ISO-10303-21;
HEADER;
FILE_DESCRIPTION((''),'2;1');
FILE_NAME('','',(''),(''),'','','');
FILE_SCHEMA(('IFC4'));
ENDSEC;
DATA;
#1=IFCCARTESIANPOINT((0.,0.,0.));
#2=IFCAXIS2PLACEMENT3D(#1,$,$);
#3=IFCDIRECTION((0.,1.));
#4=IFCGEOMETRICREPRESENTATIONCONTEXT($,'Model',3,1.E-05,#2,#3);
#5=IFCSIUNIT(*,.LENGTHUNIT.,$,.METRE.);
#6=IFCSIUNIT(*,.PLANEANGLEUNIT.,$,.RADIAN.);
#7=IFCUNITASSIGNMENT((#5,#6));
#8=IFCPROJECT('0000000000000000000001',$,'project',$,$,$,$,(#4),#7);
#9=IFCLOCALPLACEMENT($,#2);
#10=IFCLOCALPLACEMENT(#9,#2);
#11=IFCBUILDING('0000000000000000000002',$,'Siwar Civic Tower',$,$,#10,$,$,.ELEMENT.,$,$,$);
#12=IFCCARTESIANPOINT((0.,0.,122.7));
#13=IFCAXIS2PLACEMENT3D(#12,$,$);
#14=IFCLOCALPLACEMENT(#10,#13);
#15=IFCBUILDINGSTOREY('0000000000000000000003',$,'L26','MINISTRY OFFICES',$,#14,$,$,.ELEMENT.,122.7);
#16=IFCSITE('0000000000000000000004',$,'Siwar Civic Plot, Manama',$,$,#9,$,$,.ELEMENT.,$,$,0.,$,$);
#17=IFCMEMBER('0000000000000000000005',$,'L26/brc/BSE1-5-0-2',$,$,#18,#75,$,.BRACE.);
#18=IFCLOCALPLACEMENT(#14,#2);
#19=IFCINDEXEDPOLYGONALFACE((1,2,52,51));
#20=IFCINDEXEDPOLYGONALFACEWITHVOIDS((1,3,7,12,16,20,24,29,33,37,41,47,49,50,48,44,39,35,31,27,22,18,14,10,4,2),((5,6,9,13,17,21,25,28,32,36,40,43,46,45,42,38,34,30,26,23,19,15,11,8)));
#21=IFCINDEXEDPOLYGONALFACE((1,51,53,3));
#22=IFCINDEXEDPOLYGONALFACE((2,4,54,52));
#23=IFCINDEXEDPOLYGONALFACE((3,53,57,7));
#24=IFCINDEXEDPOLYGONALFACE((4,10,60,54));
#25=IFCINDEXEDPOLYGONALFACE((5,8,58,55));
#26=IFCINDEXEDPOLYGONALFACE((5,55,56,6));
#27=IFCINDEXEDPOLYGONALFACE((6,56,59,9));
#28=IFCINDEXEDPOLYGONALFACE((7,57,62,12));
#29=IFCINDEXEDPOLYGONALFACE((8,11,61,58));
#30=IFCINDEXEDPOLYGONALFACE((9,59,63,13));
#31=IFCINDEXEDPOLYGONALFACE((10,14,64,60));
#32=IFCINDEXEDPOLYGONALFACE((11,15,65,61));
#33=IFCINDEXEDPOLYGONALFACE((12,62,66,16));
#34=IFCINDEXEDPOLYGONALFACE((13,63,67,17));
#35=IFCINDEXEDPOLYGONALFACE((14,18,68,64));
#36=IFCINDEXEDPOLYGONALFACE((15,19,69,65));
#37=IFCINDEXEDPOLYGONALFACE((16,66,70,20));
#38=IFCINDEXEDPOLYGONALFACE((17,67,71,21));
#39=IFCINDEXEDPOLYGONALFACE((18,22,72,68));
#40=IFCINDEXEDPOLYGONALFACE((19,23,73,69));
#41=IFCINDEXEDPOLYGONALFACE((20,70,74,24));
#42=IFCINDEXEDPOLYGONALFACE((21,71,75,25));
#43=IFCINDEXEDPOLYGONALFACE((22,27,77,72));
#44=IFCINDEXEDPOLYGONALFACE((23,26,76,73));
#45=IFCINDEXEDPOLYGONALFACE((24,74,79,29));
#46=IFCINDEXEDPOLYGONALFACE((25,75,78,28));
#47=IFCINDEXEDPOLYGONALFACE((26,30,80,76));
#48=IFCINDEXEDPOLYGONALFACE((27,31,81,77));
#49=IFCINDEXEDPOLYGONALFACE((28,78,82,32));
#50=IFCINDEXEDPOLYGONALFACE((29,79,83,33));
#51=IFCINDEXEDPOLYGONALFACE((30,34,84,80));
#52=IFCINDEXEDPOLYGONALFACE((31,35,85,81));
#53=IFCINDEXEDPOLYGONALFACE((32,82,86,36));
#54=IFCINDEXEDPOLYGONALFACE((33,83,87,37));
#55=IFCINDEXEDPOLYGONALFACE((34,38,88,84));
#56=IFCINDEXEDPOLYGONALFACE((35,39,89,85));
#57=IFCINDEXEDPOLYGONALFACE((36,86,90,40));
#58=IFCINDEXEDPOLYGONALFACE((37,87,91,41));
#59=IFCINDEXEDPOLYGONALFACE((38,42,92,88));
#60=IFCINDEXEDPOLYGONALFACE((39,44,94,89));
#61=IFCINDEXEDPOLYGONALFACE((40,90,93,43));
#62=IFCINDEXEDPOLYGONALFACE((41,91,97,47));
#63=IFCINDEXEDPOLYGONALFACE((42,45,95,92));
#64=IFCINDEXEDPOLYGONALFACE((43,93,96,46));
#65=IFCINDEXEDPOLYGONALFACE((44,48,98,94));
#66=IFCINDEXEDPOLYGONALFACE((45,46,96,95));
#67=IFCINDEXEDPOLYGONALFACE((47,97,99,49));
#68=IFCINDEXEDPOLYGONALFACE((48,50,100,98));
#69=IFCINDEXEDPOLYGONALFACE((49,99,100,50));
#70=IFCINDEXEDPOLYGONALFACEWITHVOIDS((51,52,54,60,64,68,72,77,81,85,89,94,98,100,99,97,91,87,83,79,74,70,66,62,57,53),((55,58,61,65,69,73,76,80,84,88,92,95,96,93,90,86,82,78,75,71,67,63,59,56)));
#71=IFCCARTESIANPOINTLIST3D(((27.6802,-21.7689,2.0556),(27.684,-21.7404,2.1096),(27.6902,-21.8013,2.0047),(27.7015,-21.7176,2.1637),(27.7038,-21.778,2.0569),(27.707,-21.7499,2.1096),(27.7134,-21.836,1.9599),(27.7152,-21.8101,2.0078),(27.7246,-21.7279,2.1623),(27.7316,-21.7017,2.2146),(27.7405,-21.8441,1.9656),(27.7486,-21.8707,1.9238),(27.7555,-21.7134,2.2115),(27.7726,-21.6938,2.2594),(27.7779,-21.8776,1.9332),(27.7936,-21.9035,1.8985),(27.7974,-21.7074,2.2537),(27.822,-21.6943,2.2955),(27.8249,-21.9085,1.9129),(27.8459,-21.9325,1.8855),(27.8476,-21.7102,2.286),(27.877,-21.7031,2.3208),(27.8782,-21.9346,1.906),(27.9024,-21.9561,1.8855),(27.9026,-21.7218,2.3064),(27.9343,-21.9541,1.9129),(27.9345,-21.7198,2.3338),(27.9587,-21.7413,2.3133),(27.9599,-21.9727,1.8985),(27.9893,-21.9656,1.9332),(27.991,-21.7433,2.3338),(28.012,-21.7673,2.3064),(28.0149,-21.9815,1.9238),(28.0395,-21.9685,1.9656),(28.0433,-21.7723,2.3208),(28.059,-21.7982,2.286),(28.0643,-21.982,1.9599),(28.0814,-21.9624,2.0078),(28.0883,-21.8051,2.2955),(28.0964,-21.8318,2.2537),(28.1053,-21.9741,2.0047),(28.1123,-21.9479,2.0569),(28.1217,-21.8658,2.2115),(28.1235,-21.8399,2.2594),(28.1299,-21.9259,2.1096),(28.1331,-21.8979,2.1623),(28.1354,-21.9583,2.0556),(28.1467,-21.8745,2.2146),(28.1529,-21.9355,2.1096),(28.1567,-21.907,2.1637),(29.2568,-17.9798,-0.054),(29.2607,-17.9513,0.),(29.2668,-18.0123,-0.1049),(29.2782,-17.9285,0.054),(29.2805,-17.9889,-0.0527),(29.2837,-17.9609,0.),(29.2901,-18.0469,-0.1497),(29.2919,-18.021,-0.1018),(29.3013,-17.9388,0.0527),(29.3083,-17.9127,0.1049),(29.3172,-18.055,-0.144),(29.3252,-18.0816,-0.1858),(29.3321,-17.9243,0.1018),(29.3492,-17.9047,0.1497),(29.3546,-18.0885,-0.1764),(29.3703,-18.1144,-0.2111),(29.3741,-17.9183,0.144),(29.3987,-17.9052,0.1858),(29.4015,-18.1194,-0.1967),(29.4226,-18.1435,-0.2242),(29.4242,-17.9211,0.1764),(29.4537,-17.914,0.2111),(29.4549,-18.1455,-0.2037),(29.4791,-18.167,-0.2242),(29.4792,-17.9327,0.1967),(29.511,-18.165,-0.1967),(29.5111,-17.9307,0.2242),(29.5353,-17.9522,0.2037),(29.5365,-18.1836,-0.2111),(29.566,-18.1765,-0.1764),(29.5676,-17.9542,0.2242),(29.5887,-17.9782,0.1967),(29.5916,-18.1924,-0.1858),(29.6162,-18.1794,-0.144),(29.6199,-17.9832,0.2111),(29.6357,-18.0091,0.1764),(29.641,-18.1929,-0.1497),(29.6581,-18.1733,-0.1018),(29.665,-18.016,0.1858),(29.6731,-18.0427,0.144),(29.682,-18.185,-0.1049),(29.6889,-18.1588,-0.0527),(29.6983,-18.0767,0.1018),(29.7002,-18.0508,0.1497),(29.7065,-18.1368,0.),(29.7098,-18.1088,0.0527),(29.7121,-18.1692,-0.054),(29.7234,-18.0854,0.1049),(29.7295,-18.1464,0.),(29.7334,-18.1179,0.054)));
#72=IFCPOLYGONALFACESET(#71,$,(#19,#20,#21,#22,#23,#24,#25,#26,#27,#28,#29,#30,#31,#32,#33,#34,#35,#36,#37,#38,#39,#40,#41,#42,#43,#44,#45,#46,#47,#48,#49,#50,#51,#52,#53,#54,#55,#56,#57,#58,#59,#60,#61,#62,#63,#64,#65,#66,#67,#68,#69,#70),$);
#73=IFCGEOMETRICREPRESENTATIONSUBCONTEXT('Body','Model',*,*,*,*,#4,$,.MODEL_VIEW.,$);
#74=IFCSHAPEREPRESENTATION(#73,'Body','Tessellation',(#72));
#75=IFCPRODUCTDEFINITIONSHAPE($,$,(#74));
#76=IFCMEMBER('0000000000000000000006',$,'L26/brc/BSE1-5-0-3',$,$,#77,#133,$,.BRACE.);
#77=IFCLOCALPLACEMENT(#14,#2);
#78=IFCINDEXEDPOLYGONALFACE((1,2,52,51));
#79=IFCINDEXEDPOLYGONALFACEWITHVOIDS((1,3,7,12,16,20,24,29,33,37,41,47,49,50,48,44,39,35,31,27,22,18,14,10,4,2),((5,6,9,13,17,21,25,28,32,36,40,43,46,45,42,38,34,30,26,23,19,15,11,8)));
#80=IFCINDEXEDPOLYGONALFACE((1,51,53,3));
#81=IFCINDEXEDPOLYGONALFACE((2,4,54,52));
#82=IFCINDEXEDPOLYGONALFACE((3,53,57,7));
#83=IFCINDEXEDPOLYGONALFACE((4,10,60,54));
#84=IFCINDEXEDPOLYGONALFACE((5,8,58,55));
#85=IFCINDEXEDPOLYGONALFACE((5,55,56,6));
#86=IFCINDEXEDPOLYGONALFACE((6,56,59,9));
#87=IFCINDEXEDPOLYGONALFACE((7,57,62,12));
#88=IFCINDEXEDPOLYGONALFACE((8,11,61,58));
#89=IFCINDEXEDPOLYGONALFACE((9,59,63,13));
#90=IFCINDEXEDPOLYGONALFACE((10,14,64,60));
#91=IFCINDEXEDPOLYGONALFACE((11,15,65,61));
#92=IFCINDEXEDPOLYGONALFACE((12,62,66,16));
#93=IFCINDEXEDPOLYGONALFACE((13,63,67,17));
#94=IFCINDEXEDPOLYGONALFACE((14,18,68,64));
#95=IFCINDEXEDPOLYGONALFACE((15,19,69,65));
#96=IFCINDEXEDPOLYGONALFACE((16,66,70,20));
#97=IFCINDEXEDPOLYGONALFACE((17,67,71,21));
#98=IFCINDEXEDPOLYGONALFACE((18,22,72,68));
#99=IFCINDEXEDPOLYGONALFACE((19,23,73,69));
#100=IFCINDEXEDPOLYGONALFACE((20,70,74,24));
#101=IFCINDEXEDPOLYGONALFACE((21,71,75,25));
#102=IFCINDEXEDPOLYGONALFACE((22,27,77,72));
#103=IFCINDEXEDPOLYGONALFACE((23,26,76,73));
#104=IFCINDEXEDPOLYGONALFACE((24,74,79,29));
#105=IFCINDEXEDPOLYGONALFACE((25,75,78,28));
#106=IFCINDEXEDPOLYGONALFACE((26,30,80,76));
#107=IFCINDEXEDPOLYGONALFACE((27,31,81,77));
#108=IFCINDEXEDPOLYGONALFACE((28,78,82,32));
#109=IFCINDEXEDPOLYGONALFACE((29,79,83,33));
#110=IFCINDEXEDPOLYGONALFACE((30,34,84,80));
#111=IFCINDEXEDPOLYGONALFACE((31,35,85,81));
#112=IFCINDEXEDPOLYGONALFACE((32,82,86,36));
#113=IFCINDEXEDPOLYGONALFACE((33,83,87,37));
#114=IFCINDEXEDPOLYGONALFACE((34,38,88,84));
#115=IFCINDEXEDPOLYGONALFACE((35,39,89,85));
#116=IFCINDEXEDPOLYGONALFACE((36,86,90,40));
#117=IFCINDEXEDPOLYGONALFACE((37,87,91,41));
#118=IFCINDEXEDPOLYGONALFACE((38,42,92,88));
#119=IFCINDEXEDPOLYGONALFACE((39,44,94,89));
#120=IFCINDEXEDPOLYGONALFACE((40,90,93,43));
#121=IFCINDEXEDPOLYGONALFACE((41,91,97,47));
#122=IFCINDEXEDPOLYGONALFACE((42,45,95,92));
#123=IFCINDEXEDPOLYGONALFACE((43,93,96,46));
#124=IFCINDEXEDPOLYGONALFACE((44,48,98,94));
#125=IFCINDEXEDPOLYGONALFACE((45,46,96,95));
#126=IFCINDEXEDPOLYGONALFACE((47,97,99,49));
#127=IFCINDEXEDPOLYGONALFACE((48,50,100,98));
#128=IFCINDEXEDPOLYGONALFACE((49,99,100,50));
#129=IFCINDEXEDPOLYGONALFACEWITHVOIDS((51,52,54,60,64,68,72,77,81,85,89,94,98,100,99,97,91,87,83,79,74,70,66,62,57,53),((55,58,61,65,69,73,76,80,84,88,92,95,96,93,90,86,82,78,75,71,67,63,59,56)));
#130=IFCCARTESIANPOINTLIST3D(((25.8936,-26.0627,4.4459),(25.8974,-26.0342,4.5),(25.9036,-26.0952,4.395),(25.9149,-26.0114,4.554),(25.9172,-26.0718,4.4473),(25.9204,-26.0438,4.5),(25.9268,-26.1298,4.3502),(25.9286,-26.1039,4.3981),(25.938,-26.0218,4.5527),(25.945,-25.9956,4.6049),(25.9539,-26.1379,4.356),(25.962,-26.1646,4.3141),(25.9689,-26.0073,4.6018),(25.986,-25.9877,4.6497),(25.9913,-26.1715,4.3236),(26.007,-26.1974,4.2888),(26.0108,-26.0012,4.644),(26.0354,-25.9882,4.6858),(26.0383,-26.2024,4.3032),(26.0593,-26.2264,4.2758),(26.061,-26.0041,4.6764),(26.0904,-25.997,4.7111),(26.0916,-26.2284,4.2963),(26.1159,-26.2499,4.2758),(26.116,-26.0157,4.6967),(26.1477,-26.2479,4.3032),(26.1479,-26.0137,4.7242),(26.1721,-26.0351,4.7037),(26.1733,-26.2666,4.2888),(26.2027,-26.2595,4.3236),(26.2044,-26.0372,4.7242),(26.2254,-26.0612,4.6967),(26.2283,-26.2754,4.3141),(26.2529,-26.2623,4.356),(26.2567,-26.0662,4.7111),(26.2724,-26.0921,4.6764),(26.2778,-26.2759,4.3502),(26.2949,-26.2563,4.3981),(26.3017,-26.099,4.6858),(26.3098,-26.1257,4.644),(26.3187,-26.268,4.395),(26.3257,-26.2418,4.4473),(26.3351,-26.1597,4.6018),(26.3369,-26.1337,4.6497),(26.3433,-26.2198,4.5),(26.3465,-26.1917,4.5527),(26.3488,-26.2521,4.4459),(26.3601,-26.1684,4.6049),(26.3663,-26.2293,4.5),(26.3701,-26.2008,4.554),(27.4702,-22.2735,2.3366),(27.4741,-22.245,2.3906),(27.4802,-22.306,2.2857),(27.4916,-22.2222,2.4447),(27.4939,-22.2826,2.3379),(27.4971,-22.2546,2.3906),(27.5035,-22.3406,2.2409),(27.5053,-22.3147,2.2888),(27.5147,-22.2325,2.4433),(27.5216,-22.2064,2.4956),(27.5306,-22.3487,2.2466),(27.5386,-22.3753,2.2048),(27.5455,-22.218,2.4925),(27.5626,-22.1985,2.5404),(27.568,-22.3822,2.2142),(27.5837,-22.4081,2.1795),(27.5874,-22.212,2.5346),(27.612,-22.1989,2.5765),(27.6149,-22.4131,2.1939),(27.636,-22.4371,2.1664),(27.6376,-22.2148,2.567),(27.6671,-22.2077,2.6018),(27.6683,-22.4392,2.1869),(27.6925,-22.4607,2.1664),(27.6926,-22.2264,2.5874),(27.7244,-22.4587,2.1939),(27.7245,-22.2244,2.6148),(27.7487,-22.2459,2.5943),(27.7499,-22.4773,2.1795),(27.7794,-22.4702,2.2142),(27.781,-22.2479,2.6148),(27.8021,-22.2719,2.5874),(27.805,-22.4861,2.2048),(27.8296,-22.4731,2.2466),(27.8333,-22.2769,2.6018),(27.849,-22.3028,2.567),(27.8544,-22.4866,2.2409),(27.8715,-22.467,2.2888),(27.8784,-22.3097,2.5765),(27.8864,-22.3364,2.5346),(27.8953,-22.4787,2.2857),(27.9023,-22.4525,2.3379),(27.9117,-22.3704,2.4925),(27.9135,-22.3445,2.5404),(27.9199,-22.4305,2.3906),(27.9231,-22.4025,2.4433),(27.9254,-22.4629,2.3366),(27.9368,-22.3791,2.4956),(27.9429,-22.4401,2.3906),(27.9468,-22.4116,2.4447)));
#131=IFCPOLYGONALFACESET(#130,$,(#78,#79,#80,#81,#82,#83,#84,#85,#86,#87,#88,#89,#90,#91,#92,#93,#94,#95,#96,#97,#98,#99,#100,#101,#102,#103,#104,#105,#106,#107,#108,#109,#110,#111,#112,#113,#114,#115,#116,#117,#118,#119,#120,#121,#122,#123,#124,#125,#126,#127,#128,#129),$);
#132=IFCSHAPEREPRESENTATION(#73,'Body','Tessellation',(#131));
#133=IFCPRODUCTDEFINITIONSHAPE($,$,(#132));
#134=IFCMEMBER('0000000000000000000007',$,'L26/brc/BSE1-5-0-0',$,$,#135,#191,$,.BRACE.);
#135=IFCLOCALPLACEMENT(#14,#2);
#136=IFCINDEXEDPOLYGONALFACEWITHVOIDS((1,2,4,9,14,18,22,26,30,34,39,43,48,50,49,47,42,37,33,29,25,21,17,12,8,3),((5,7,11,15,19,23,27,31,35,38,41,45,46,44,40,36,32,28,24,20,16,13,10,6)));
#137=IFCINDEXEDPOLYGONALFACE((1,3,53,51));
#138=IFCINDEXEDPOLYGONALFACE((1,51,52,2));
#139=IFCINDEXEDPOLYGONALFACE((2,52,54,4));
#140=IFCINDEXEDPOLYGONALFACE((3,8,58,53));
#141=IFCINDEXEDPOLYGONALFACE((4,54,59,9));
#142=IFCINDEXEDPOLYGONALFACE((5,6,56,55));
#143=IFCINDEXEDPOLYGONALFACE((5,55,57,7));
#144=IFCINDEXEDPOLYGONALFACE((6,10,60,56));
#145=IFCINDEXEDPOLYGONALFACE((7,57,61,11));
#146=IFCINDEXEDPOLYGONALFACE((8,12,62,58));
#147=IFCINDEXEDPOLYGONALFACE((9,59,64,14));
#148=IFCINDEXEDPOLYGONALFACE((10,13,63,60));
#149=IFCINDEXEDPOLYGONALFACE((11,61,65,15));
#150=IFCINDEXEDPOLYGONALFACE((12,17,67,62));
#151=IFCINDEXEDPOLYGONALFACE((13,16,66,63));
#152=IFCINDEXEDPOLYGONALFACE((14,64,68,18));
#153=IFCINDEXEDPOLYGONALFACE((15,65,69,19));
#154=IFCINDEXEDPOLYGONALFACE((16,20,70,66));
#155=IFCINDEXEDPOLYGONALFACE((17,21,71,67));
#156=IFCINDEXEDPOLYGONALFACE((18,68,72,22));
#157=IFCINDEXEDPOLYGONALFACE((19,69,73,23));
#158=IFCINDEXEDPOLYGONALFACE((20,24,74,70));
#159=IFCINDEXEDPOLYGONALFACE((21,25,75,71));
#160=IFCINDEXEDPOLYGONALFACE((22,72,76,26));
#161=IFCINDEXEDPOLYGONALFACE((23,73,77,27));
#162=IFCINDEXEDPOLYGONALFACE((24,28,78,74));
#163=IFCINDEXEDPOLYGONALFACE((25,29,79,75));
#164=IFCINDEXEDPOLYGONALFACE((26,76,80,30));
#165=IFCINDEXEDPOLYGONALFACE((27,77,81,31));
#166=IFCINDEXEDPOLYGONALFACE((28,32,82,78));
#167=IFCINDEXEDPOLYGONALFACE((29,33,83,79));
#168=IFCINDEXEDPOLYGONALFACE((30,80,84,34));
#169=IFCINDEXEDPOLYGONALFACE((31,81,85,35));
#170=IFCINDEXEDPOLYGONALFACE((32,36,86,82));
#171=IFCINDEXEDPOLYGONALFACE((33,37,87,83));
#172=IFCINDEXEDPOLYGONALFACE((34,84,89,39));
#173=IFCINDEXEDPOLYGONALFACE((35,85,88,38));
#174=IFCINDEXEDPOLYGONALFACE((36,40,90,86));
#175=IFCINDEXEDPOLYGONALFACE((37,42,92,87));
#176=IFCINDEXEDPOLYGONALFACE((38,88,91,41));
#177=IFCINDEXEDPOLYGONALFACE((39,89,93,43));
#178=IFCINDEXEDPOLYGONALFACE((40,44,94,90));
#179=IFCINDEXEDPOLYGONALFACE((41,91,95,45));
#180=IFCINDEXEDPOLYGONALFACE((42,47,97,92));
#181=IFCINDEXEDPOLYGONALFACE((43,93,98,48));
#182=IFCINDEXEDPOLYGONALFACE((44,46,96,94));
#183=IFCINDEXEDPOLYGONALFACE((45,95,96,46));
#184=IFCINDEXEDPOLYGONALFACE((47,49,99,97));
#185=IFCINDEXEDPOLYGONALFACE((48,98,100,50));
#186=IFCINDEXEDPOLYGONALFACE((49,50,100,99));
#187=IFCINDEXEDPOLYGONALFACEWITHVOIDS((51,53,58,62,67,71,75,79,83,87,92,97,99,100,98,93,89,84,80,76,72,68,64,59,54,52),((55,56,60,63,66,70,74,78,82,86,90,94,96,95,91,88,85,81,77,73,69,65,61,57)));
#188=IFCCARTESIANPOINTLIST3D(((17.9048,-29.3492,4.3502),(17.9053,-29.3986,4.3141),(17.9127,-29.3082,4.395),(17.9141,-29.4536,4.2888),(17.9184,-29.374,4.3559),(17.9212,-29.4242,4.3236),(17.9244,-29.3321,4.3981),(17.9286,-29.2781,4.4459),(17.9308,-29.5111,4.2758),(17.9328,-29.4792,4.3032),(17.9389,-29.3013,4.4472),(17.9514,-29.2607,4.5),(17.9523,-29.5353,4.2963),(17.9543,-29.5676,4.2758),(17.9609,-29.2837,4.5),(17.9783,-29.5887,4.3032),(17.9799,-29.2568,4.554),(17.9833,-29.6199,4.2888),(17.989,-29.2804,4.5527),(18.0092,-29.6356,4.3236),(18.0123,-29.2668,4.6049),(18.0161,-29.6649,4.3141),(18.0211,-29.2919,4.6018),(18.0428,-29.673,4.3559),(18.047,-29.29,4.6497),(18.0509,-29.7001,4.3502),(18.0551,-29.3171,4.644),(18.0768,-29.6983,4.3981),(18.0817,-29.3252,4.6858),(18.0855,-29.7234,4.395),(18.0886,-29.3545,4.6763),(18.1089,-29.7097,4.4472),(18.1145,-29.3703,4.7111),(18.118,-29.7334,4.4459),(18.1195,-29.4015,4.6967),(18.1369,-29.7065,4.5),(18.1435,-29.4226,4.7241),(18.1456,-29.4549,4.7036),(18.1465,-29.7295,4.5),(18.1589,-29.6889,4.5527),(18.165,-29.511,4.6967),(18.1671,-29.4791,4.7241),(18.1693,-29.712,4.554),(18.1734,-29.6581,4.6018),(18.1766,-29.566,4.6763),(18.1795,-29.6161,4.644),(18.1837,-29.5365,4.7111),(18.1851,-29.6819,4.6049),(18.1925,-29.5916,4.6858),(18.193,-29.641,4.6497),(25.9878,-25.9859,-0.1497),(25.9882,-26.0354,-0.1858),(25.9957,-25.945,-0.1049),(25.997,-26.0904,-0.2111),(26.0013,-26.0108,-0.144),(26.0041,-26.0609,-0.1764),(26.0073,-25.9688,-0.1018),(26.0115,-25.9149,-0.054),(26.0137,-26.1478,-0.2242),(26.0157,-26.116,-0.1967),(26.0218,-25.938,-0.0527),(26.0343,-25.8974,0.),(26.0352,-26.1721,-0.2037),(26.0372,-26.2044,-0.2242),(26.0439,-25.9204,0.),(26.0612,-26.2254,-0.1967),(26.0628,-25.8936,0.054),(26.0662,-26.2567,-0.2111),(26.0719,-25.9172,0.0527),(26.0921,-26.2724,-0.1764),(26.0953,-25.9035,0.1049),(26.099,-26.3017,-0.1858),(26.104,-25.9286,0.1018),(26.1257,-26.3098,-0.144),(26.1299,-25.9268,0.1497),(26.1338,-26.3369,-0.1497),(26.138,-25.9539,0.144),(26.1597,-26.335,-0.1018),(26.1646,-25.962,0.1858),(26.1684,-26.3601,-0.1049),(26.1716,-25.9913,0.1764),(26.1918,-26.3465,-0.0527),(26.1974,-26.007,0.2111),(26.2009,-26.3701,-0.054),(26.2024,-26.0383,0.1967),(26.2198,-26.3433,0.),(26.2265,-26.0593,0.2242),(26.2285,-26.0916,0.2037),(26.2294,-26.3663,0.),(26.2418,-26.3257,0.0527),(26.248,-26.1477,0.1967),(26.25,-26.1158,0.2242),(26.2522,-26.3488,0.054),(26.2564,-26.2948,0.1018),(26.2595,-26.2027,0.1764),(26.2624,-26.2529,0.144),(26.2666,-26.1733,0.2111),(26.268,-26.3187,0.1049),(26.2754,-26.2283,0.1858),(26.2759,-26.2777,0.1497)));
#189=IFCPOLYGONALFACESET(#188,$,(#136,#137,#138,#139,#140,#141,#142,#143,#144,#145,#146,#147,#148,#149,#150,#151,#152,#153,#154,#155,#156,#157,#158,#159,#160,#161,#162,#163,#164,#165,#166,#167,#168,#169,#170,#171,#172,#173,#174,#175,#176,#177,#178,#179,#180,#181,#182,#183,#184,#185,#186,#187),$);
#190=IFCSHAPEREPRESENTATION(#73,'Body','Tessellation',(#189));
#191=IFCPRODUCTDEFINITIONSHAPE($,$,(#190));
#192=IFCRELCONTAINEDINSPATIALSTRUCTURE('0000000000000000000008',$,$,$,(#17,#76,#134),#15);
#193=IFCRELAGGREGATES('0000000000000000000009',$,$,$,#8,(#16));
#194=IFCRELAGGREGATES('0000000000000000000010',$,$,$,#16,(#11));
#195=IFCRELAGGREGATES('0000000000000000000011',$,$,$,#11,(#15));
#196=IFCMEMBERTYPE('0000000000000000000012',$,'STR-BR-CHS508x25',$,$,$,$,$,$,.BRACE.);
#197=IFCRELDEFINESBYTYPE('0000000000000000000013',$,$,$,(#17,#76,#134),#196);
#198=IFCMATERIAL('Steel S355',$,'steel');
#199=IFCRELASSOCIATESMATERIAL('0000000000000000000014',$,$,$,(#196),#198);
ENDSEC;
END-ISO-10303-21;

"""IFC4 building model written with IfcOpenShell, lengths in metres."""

from ifc_helpers import new_model, si_unit, direction, frame, origin, origin_2d, place, context, subcontext, project, spatial, hollow_circle, extrude, material, material_profile, profile_set, type_object, element, save


model = new_model("IFC4")

# Units and contexts
model_context = context("Model", 3, precision=1e-05, world=origin(), true_north=direction((0.0, 1.0)))
body_context = subcontext(model_context, "Body", "Model", "MODEL_VIEW")
ifc_project = project(units=[si_unit("LENGTHUNIT", "METRE"), si_unit("PLANEANGLEUNIT", "RADIAN")], contexts=[model_context])

# Site, building, storey
site_placement = place(None, origin())
site = spatial("IfcSite", under=ifc_project, at=site_placement, Name="Siwar Civic Plot, Manama", CompositionType="ELEMENT", RefElevation=0.0)
building_placement = place(site_placement, origin())
building = spatial("IfcBuilding", under=site, at=building_placement, Name="Siwar Civic Tower", CompositionType="ELEMENT")
storey_placement = place(building_placement, frame((0.0, 0.0, 122.7)))
storey = spatial("IfcBuildingStorey", under=building, at=storey_placement, Name="L26", Description="MINISTRY OFFICES", CompositionType="ELEMENT", Elevation=122.7)

# Members
ifc_material_1 = material(Name="Steel S355", Category="steel")
ifc_material_profile_1 = material_profile(ifc_material_1, hollow_circle(Radius=0.2539, WallThickness=0.0249, at=origin_2d()), Name="CHS508x25")
ifc_profile_set_1 = profile_set([ifc_material_profile_1], Name="Steel S355")
member_type_1 = type_object("IfcMemberType", Name="STR-BR-CHS508x25", PredefinedType="BRACE", material=ifc_profile_set_1)
for number, where, z_axis, x_axis, name in (
    (1, (29.4951, -18.0488, 0.0), (-0.341677, -0.821126, 0.457175), (0.92326, -0.384176, 0.0), "L26/brc/BSE1-5-0-2"),
    (2, (27.7085, -22.3425, 2.3906), (-0.341671, -0.821163, 0.457113), (0.923269, -0.384155, 0.0), "L26/brc/BSE1-5-0-3"),
):
    element("IfcMember", number, at=place(storey_placement, frame(where, z_axis=z_axis, x_axis=x_axis)), inside=storey, type_object=member_type_1, Name=name, PredefinedType="BRACE", context=body_context, shape_type="SweptSolid", body=[
        extrude(hollow_circle(Radius=0.2539, WallThickness=0.0249, at=origin_2d()), origin(), (0.0, 0.0, 1.0), 4.6145),
    ])
member_1_placement = place(storey_placement, frame((26.1318, -26.1318, 0.0), z_axis=(-0.821143, -0.341671, 0.457149), x_axis=(0.384164, -0.923265, 0.0)))
element("IfcMember", 3, at=member_1_placement, inside=storey, type_object=member_type_1, Name="L26/brc/BSE1-5-0-0", PredefinedType="BRACE", context=body_context, shape_type="SweptSolid", body=[
    extrude(hollow_circle(Radius=0.2539, WallThickness=0.0249, at=origin_2d()), origin(), (0.0, 0.0, 1.0), 9.8435),
])

save(model, "model.ifc")
